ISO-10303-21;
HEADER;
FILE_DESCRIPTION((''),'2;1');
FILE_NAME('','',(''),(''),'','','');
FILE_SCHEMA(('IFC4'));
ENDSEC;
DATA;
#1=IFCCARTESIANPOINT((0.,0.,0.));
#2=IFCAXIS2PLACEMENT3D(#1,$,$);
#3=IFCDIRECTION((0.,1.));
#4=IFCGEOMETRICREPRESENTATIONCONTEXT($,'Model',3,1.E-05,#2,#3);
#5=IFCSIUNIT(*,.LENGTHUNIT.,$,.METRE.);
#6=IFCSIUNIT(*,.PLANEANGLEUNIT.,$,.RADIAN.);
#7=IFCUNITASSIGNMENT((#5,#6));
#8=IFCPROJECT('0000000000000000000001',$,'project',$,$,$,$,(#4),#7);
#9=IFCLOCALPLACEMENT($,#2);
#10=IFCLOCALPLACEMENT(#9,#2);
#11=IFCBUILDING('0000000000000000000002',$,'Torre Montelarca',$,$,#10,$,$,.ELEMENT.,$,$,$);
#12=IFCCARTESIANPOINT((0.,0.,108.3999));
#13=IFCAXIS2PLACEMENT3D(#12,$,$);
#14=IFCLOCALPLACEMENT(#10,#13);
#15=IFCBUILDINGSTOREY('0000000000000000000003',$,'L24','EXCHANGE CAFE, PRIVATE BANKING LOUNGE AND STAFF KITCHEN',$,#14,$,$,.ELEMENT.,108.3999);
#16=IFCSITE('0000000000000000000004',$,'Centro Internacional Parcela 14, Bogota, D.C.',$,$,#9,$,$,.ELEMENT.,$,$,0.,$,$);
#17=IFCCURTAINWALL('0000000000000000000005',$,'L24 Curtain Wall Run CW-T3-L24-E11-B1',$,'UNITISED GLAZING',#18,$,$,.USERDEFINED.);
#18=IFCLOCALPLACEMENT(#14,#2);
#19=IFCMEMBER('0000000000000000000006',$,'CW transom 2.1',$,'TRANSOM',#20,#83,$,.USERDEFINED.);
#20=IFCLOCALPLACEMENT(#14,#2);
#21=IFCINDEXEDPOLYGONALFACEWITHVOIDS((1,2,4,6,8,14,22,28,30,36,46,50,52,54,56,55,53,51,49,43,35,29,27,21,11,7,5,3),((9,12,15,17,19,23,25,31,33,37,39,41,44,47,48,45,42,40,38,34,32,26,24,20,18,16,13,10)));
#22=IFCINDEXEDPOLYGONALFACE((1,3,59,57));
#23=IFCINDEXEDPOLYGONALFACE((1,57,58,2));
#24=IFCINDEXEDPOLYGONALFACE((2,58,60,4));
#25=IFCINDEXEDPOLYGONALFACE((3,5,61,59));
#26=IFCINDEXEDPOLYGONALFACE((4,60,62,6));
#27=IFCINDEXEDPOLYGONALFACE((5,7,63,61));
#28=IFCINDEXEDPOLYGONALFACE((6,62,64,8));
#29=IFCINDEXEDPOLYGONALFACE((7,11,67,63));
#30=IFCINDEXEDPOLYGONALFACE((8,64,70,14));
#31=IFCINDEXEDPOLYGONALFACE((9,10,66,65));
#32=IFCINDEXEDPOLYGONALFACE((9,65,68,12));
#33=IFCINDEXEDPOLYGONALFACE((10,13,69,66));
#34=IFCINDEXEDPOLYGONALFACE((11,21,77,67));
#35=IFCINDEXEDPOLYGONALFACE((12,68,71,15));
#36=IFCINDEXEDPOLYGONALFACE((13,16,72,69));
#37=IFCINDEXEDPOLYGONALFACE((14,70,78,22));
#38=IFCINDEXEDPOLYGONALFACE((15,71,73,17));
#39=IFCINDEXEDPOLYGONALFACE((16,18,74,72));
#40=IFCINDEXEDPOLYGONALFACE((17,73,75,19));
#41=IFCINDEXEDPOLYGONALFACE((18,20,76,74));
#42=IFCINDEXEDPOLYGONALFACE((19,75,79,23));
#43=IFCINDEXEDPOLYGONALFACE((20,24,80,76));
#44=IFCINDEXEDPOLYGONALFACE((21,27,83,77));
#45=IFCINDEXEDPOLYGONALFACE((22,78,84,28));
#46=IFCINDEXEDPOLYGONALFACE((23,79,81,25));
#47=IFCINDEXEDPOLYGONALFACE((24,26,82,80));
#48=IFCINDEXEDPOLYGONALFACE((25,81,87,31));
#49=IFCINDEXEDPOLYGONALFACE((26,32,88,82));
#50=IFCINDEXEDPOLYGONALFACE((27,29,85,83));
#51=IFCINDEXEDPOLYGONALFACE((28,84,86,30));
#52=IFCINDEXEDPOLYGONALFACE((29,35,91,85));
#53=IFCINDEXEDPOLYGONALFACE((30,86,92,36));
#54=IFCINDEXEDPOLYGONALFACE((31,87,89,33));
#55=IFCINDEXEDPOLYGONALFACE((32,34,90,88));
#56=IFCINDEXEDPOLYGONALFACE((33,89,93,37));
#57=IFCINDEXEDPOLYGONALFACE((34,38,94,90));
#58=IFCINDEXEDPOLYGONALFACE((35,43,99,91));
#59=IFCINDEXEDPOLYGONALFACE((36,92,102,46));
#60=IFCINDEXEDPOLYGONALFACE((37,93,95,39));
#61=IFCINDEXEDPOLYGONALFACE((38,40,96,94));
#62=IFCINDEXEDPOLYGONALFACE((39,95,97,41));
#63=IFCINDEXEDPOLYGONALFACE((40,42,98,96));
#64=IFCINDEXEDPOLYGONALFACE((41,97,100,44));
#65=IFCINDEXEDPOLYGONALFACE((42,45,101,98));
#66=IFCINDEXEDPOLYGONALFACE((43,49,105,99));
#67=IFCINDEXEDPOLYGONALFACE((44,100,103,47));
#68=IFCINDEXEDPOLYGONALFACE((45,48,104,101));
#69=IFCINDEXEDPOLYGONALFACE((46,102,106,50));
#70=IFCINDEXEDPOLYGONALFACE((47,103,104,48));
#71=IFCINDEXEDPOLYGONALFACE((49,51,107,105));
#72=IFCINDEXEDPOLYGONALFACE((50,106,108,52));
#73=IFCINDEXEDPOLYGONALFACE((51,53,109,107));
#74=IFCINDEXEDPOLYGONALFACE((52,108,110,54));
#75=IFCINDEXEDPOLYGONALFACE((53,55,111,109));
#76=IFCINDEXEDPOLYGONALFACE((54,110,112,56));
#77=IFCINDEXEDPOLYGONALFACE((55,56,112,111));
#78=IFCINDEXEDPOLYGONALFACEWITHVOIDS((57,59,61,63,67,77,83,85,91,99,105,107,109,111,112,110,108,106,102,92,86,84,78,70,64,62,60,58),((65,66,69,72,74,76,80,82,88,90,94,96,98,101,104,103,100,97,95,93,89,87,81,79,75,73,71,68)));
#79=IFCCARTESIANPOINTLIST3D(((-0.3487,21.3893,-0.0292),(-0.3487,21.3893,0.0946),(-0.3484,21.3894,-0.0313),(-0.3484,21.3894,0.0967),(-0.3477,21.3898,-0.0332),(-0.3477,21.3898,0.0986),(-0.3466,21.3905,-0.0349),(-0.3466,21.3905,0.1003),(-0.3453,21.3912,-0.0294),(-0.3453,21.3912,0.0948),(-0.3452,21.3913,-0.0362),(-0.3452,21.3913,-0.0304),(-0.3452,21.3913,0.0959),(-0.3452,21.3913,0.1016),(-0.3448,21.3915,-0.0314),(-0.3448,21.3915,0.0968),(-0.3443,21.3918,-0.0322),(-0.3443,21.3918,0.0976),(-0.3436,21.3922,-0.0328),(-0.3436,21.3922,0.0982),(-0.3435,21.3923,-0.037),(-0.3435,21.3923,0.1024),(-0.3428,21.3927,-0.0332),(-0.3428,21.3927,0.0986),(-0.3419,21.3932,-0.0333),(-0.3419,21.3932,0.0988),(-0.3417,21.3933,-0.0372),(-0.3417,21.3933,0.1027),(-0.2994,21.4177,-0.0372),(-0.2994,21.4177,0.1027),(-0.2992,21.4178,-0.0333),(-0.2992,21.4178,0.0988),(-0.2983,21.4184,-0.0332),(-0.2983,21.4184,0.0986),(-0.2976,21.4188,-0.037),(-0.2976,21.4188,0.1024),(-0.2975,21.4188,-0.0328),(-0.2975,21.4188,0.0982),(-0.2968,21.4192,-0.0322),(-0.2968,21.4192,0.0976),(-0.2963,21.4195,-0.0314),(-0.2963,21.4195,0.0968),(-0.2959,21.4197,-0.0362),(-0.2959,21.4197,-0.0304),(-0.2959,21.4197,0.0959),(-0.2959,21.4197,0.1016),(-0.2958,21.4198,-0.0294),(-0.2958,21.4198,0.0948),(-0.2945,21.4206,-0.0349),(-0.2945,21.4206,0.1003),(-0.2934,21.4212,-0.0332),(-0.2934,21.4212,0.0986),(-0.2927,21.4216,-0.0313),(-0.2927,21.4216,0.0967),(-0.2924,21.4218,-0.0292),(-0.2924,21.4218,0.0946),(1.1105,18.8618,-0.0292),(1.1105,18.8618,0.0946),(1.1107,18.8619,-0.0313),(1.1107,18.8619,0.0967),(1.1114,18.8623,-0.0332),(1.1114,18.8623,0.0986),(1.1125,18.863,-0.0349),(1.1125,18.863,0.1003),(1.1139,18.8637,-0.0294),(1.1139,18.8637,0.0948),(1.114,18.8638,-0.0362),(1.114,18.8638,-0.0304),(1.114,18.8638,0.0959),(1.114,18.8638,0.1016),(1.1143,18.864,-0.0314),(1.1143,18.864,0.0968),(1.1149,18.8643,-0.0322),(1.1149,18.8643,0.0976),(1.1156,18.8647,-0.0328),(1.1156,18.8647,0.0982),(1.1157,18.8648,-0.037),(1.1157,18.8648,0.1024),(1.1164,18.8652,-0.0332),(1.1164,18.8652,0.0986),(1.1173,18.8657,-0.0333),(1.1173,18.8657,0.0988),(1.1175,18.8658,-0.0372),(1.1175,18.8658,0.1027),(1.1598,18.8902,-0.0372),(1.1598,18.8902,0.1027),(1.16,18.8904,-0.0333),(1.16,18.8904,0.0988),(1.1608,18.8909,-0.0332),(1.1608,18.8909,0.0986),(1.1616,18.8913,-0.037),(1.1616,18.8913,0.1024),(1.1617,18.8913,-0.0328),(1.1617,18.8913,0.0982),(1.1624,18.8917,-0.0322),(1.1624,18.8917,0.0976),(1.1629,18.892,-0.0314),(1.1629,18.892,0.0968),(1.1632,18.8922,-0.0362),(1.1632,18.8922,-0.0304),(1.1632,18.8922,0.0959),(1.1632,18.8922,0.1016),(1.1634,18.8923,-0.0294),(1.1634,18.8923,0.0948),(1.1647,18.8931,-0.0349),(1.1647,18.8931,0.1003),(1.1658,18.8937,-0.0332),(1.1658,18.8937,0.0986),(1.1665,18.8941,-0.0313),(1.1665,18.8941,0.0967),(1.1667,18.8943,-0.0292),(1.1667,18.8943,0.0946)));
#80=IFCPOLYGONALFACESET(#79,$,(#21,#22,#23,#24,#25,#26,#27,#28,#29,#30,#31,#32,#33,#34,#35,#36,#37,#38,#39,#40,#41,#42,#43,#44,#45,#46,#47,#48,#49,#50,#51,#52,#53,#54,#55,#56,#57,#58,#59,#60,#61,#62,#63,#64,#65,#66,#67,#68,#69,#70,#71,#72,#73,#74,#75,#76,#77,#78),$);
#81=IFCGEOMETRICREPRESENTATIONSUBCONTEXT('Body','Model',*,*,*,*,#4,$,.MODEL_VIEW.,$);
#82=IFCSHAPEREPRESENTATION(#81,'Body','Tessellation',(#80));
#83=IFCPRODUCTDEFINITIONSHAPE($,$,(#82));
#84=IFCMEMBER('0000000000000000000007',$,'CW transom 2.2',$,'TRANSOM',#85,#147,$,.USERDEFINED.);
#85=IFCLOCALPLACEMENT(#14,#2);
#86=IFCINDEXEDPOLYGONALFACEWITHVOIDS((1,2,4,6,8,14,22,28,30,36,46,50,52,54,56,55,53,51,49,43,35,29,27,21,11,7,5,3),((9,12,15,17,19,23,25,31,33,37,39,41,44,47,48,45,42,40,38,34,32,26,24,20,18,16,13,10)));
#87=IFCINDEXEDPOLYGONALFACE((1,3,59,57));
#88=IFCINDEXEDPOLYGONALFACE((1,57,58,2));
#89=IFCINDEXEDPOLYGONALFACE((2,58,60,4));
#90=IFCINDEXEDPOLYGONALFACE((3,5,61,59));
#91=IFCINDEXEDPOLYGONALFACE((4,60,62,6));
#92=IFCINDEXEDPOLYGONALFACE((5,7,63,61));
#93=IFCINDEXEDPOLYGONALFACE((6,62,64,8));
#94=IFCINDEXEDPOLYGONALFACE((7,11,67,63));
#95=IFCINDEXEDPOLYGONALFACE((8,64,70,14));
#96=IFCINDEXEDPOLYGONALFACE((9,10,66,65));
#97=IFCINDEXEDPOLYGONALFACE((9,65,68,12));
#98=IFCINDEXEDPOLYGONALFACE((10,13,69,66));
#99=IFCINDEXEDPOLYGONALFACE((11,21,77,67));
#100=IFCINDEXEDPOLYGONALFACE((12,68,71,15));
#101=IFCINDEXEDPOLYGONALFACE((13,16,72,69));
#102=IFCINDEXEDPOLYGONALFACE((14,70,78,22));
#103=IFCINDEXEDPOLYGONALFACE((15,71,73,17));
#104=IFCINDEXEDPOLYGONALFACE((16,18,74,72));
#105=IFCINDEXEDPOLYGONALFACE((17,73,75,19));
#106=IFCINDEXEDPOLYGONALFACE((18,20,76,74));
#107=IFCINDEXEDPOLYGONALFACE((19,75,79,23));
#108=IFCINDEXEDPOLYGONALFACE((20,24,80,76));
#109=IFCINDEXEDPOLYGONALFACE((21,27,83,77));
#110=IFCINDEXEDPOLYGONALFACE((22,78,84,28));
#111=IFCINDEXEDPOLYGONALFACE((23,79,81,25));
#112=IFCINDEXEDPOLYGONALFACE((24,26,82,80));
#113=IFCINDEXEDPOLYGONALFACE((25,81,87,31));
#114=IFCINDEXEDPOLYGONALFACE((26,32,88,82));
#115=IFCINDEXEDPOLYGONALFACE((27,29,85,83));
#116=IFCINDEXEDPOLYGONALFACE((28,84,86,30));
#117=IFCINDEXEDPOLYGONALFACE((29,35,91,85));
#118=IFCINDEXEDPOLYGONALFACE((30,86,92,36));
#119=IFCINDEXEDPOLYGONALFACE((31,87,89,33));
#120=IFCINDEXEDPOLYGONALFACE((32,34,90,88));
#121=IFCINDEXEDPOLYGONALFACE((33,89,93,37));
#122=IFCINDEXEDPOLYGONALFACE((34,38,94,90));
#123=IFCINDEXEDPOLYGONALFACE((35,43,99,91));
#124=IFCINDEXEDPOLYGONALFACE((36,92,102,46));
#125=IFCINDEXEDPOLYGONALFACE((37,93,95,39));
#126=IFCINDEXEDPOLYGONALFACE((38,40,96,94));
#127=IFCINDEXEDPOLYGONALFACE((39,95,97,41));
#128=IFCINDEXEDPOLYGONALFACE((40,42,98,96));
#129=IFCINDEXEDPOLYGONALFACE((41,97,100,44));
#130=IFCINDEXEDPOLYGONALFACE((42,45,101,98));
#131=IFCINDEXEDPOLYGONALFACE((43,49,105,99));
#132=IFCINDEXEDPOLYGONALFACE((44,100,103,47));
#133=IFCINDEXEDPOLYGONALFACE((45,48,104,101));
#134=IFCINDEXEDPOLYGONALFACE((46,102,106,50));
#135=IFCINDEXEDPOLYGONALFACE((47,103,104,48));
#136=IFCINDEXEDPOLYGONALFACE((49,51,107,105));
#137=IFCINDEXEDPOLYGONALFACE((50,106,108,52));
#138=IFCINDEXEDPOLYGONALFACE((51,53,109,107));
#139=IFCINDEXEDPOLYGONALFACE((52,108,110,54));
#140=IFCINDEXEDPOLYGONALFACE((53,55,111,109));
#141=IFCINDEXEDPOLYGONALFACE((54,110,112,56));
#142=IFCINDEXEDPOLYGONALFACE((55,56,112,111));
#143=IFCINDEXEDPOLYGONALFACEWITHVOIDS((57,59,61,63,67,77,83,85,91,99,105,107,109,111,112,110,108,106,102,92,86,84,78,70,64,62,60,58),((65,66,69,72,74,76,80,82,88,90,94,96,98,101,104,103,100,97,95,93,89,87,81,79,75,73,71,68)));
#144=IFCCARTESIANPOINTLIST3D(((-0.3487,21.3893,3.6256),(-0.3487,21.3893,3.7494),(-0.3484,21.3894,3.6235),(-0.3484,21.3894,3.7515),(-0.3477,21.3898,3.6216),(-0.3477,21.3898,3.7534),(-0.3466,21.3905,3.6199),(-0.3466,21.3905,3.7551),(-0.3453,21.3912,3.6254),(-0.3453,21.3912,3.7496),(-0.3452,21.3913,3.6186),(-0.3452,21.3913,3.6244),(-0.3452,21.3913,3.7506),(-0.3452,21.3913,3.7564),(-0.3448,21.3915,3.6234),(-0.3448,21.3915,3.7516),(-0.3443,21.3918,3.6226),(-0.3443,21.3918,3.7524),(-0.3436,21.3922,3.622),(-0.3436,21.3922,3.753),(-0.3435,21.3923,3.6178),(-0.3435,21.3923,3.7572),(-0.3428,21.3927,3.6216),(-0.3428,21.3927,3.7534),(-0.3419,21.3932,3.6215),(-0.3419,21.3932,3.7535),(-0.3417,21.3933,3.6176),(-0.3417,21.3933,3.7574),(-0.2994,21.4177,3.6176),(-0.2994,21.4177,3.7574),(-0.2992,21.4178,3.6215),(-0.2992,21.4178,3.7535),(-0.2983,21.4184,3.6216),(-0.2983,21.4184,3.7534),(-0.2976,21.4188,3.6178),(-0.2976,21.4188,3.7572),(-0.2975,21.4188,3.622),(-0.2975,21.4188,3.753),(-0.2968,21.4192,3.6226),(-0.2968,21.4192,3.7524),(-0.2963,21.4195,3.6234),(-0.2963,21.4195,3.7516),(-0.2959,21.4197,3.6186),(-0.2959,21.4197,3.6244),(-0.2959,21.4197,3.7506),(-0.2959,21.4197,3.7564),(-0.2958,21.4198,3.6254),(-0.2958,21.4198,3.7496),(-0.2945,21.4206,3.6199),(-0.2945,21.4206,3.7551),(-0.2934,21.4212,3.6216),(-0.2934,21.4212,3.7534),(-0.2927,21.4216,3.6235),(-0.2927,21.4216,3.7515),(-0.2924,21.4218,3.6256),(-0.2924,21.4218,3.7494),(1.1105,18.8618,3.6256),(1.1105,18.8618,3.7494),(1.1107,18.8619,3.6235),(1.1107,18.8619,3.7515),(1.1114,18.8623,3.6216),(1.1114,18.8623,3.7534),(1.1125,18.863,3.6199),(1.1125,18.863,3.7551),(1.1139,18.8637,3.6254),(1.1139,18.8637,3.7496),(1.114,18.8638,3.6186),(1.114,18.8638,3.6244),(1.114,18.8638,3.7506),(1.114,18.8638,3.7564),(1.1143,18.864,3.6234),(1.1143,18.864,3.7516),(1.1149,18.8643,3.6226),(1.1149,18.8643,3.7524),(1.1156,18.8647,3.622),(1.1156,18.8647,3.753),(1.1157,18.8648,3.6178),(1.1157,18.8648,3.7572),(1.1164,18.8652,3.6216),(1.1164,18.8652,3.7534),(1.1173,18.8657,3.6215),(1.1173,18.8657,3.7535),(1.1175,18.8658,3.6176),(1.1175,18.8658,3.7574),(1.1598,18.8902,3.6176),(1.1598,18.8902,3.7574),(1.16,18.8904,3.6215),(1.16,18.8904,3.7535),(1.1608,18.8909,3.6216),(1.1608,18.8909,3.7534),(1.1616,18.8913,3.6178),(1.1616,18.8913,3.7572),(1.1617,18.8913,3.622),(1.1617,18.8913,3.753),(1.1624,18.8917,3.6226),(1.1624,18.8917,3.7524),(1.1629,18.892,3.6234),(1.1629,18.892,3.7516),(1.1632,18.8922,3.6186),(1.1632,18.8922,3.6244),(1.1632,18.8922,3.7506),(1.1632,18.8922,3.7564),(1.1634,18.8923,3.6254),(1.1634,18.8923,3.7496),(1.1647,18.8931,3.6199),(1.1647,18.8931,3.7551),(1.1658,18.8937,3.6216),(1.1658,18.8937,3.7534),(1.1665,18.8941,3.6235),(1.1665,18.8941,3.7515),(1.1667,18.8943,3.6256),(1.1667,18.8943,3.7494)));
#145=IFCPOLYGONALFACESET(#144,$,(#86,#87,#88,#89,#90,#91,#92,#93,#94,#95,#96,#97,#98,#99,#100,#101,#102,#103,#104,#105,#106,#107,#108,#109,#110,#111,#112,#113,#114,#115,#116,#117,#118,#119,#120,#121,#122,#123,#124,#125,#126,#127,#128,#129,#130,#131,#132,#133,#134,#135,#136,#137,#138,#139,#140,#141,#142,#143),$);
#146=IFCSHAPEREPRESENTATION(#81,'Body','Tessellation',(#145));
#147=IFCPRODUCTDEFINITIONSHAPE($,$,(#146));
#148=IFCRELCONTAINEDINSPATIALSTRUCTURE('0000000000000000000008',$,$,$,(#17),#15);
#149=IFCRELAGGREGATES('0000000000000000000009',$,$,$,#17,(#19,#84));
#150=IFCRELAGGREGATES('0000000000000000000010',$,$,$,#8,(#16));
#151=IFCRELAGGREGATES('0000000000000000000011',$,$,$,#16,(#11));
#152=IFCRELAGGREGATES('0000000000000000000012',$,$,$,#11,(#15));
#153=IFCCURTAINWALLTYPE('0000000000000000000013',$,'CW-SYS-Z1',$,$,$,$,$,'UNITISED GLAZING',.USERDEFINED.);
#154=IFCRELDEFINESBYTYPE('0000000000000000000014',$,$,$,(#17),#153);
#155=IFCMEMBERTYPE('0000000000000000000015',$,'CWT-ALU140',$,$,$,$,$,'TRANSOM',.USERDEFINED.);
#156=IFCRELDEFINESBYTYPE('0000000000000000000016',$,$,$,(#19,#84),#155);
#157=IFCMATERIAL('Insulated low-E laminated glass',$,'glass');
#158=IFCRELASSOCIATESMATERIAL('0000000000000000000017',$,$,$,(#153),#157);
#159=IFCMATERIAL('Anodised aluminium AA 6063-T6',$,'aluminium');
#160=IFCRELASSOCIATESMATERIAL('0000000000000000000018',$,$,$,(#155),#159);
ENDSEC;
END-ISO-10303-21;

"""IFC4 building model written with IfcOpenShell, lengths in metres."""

from ifc_helpers import new_model, si_unit, direction, frame, origin, origin_2d, place, context, subcontext, project, spatial, hollow_rectangle, extrude, source, transform, mapped, material, material_profile, profile_set, type_object, element, aggregate, save


model = new_model("IFC4")

# Units and contexts
model_context = context("Model", 3, precision=1e-05, world=origin(), true_north=direction((0.0, 1.0)))
body_context = subcontext(model_context, "Body", "Model", "MODEL_VIEW")
ifc_project = project(units=[si_unit("LENGTHUNIT", "METRE"), si_unit("PLANEANGLEUNIT", "RADIAN")], contexts=[model_context])

# Site, building, storey
site_placement = place(None, origin())
site = spatial("IfcSite", under=ifc_project, at=site_placement, Name="Centro Internacional Parcela 14, Bogota, D.C.", CompositionType="ELEMENT", RefElevation=0.0)
building_placement = place(site_placement, origin())
building = spatial("IfcBuilding", under=site, at=building_placement, Name="Torre Montelarca", CompositionType="ELEMENT")
storey_placement = place(building_placement, frame((0.0, 0.0, 108.3999)))
storey = spatial("IfcBuildingStorey", under=building, at=storey_placement, Name="L24", Description="EXCHANGE CAFE, PRIVATE BANKING LOUNGE AND STAFF KITCHEN", CompositionType="ELEMENT", Elevation=108.3999)

# Curtain wall, members
ifc_material_1 = material(Name="Insulated low-E laminated glass", Category="glass")
curtain_wall_type = type_object("IfcCurtainWallType", Name="CW-SYS-Z1", ElementType="UNITISED GLAZING", PredefinedType="USERDEFINED", material=ifc_material_1)
curtain_wall_1_placement = place(storey_placement, origin())
curtain_wall_1 = element("IfcCurtainWall", 1, at=curtain_wall_1_placement, inside=storey, type_object=curtain_wall_type, Name="L24 Curtain Wall Run CW-T3-L24-E11-B1", ObjectType="UNITISED GLAZING", PredefinedType="USERDEFINED")
ifc_material_2 = material(Name="Anodised aluminium AA 6063-T6", Category="aluminium")
ifc_material_profile_1 = material_profile(ifc_material_2, hollow_rectangle(XDim=0.0649, YDim=0.1399, WallThickness=0.0039, InnerFilletRadius=0.0039, OuterFilletRadius=0.0081, at=origin_2d()), Name="ALU65X140X4", Category="aluminium")
ifc_profile_set_1 = profile_set([ifc_material_profile_1], Name="Anodised aluminium AA 6063-T6")
member_type_1 = type_object("IfcMemberType", Name="CWT-ALU140", ElementType="TRANSOM", PredefinedType="USERDEFINED", material=ifc_profile_set_1)
shared_shape_1 = source(origin(), body_context, "Body", "SweptSolid", [
    extrude(hollow_rectangle(XDim=0.0649, YDim=0.1399, WallThickness=0.0039, InnerFilletRadius=0.0039, OuterFilletRadius=0.0081, at=origin_2d()), origin(), (0.0, 0.0, 1.0), 2.9185),
])
member_1_placement = place(storey_placement, frame((-0.3206, 21.4055, 0.0327), z_axis=(0.499981, -0.866037, 0.0), x_axis=(0.866037, 0.499981, 0.0)))
member_1 = element("IfcMember", 2, at=member_1_placement, type_object=member_type_1, Name="CW transom 2.1", ObjectType="TRANSOM", PredefinedType="USERDEFINED", context=body_context, shape_type="MappedRepresentation", body=[
    mapped(shared_shape_1, transform((0.0, 0.0, 0.0), scale=1.0)),
])
member_2_placement = place(storey_placement, frame((-0.3206, 21.4055, 3.6875), z_axis=(0.499981, -0.866037, 0.0), x_axis=(0.866037, 0.499981, 0.0)))
member_2 = element("IfcMember", 3, at=member_2_placement, type_object=member_type_1, Name="CW transom 2.2", ObjectType="TRANSOM", PredefinedType="USERDEFINED", context=body_context, shape_type="MappedRepresentation", body=[
    mapped(shared_shape_1, transform((0.0, 0.0, 0.0), scale=1.0)),
])

aggregate(curtain_wall_1, [member_1, member_2])

save(model, "model.ifc")
